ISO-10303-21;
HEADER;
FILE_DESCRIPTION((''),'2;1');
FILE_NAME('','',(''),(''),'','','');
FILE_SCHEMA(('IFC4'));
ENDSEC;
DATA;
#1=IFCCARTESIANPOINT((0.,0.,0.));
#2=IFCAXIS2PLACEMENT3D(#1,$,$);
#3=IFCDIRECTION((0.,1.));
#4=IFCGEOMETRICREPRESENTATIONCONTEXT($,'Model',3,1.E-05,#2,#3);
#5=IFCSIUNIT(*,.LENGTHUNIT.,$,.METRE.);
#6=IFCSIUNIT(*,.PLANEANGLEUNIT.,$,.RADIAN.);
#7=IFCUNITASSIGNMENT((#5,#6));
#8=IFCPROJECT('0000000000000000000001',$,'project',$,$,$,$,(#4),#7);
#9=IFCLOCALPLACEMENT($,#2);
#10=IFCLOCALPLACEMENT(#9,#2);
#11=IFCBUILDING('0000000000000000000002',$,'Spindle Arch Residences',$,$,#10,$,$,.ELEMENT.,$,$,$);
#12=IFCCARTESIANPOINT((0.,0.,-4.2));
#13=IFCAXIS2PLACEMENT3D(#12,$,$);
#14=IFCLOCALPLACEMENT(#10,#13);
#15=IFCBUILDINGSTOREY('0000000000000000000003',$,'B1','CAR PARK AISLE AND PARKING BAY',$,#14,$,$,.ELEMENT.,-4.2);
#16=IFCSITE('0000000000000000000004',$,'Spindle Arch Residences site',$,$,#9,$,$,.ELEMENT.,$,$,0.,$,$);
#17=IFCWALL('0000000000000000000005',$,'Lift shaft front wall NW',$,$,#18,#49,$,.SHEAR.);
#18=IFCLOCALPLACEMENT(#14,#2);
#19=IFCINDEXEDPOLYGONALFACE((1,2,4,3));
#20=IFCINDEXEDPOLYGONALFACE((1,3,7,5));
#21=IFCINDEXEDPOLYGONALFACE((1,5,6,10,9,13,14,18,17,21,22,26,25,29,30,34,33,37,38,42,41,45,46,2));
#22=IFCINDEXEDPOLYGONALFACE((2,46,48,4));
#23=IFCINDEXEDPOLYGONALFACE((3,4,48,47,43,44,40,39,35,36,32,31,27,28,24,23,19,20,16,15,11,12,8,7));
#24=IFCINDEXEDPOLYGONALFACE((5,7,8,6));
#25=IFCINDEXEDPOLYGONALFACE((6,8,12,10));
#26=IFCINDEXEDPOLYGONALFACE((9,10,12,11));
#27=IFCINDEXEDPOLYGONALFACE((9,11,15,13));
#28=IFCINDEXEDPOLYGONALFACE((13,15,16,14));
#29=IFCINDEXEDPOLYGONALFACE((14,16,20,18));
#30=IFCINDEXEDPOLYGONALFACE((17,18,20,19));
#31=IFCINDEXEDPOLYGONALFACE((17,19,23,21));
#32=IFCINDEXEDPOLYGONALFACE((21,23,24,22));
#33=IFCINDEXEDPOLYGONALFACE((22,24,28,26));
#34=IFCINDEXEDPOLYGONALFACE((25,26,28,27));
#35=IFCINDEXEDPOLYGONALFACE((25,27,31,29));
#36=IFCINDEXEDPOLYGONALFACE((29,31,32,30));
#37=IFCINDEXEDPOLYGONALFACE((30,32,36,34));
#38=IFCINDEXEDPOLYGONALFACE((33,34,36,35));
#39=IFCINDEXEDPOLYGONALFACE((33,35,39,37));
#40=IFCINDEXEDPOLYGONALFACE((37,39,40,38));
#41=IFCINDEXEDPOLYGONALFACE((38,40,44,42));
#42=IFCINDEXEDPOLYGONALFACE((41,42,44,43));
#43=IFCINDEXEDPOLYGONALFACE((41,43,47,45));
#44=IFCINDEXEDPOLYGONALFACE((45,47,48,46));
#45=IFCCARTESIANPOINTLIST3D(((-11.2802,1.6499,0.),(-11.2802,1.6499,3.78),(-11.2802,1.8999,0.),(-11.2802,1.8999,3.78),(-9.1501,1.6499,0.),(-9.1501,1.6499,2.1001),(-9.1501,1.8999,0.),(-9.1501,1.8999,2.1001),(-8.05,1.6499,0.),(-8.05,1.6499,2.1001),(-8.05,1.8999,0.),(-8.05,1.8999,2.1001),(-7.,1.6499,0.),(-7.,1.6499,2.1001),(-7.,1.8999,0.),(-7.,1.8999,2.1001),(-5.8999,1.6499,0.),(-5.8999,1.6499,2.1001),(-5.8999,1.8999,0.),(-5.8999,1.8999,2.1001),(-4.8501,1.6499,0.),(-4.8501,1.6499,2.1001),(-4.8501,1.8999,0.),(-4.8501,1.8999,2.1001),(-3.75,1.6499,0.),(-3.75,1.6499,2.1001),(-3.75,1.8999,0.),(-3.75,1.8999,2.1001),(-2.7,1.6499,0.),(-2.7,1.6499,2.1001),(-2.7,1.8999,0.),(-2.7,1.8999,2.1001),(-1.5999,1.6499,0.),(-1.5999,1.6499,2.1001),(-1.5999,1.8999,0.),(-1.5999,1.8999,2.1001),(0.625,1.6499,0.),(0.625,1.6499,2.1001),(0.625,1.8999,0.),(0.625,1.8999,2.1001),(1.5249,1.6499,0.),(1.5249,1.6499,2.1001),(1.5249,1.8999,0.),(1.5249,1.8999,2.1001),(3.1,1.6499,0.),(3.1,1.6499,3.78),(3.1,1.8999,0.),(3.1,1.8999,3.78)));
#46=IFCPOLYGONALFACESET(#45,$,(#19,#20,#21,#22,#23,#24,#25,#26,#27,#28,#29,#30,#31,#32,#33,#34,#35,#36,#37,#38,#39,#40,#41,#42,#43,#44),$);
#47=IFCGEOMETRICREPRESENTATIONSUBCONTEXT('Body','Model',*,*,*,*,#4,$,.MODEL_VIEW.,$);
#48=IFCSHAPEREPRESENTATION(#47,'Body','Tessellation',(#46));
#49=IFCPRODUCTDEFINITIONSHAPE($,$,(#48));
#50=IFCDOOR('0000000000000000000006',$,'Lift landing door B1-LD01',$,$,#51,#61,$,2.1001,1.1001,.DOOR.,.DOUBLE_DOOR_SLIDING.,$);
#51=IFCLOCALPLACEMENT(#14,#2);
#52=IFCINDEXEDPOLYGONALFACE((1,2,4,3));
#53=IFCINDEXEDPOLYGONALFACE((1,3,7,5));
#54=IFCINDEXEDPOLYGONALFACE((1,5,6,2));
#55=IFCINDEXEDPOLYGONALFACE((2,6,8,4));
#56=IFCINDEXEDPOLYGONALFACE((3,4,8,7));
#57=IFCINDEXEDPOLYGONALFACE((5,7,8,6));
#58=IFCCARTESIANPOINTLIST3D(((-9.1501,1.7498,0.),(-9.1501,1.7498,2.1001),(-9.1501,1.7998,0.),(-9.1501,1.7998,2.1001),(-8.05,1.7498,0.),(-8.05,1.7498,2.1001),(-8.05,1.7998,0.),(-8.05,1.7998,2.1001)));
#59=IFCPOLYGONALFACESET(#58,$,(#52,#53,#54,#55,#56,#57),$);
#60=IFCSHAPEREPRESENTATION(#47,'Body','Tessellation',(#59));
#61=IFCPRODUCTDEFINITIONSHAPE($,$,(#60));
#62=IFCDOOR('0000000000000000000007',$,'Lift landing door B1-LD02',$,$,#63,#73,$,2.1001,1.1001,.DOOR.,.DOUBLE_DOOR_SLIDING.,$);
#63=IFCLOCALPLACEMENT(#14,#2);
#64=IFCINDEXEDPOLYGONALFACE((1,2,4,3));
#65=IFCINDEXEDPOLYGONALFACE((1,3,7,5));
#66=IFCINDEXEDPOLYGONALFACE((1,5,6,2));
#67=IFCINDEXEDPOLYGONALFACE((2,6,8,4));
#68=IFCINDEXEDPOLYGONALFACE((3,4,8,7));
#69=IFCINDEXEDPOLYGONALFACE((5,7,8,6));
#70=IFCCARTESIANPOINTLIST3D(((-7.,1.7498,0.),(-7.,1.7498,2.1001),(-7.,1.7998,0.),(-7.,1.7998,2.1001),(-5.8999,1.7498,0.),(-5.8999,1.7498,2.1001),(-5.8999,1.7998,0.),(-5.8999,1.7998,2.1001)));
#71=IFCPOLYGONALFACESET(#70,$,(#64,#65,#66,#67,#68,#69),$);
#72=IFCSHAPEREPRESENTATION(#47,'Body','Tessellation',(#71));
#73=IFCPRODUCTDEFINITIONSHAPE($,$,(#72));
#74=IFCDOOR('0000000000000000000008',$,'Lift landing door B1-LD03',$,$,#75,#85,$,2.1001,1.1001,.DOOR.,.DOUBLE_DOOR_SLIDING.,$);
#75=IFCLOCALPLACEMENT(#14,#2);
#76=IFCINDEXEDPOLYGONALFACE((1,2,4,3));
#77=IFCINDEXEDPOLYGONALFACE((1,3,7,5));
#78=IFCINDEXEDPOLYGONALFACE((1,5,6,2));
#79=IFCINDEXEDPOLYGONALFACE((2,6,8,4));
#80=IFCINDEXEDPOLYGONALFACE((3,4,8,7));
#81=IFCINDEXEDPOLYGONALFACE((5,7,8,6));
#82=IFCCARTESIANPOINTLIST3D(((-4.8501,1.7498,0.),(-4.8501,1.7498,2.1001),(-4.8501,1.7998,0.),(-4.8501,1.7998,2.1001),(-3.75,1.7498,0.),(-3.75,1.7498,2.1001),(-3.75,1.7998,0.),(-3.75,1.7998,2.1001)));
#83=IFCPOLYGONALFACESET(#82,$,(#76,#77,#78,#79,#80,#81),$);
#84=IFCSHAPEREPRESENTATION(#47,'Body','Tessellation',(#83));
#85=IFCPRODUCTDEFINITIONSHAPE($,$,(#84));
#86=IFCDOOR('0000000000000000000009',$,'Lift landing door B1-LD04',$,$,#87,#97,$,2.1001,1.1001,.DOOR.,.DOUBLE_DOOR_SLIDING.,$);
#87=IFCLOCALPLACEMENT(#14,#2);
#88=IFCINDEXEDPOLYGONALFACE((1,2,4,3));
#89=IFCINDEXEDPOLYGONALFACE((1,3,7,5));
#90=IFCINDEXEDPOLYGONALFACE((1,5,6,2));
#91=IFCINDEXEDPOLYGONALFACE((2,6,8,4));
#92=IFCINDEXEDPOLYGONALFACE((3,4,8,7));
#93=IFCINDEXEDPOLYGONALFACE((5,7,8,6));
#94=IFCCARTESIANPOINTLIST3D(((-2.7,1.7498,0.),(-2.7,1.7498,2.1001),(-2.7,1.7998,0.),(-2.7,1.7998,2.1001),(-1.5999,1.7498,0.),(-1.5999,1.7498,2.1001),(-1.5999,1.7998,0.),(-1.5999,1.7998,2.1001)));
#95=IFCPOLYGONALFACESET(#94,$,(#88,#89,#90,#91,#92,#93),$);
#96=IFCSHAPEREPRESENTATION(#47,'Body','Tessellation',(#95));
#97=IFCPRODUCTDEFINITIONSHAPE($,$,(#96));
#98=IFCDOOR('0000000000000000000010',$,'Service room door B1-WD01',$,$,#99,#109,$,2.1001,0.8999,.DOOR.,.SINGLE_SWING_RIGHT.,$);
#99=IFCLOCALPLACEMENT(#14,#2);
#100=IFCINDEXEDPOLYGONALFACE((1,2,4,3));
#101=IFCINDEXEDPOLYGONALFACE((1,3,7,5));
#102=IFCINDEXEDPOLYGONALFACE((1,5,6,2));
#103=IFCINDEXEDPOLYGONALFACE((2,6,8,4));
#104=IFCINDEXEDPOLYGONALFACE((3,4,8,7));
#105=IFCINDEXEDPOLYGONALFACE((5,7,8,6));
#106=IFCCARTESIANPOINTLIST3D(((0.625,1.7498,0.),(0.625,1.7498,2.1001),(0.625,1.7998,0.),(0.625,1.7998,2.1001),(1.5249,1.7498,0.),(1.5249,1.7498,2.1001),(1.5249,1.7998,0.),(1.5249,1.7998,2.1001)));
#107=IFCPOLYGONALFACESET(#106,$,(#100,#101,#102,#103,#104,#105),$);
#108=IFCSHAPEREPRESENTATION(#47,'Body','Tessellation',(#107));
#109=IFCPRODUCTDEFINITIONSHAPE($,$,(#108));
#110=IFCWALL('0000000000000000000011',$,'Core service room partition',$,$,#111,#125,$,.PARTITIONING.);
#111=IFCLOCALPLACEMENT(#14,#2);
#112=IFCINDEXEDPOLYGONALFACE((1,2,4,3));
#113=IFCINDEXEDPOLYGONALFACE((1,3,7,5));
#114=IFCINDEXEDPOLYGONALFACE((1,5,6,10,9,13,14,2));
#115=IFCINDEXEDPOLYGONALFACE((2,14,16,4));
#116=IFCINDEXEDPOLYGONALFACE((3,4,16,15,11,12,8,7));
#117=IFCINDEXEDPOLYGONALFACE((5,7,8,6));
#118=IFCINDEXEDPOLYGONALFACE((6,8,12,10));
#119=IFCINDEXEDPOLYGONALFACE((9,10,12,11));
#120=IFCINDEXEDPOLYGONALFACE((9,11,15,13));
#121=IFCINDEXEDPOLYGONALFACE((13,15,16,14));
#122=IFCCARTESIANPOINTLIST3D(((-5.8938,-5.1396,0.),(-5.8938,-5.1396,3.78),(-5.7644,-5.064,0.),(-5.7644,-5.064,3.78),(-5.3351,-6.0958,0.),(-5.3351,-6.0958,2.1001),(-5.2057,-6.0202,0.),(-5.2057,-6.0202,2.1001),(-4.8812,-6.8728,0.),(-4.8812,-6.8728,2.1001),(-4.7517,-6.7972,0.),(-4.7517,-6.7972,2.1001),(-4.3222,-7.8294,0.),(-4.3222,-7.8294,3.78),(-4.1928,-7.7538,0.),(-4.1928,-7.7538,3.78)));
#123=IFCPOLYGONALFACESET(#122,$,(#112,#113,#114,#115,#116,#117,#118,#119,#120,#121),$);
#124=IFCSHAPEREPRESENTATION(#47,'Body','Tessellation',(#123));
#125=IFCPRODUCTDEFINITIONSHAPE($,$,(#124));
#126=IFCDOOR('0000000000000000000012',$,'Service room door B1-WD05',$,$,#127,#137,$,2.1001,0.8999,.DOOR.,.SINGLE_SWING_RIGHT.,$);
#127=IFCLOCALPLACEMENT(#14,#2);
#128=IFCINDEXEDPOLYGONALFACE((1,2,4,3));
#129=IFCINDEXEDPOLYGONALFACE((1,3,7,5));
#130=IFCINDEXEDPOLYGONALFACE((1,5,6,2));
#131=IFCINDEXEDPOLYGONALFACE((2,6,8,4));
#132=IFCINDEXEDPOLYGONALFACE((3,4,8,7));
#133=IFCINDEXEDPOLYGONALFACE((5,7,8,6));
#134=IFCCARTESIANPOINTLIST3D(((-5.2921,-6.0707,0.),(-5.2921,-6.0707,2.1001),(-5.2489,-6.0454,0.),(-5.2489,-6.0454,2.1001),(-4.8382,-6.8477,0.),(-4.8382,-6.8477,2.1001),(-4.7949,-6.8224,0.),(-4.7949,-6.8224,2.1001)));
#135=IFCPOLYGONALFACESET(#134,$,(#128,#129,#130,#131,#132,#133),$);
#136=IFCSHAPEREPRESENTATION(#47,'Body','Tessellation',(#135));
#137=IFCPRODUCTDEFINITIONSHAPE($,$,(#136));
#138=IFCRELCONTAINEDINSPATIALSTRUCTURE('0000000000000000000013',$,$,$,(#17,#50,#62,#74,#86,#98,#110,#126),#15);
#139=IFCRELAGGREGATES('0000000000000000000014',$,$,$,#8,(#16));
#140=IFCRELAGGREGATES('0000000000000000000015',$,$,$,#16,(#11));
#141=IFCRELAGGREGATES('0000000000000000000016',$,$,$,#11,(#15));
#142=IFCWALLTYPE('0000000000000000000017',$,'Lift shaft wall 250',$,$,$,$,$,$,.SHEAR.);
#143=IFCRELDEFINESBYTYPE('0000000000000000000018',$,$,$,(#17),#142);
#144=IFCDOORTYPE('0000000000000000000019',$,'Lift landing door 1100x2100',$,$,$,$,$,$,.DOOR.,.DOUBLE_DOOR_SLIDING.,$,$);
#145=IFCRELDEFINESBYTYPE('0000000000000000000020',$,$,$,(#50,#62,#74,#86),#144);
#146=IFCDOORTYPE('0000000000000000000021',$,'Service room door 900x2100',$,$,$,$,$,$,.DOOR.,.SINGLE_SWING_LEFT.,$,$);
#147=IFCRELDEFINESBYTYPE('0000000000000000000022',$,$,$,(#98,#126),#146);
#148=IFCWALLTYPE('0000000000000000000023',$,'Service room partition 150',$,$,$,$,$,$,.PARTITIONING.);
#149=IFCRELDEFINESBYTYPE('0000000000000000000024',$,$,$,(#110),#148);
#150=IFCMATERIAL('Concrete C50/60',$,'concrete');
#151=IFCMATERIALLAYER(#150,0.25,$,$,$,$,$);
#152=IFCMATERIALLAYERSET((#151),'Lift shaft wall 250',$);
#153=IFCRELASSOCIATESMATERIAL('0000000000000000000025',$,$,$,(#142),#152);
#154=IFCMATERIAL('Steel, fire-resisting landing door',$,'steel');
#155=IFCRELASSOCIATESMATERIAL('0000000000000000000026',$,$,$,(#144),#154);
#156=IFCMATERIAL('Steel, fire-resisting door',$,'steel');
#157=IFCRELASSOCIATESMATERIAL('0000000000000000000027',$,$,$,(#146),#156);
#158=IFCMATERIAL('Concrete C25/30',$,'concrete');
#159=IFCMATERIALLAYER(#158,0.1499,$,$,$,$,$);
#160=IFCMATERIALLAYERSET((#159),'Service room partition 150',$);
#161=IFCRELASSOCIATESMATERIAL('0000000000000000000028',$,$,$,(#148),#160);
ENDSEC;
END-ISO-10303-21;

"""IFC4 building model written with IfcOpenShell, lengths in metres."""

from ifc_helpers import new_model, si_unit, direction, frame, frame_2d, origin, place, context, subcontext, project, spatial, rectangle, extrude, material, layer, layer_set, type_object, element, fill, save


model = new_model("IFC4")

# Units and contexts
model_context = context("Model", 3, precision=1e-05, world=origin(), true_north=direction((0.0, 1.0)))
body_context = subcontext(model_context, "Body", "Model", "MODEL_VIEW")
ifc_project = project(units=[si_unit("LENGTHUNIT", "METRE"), si_unit("PLANEANGLEUNIT", "RADIAN")], contexts=[model_context])

# Site, building, storey
site_placement = place(None, origin())
site = spatial("IfcSite", under=ifc_project, at=site_placement, Name="Spindle Arch Residences site", CompositionType="ELEMENT", RefElevation=0.0)
building_placement = place(site_placement, origin())
building = spatial("IfcBuilding", under=site, at=building_placement, Name="Spindle Arch Residences", CompositionType="ELEMENT")
storey_placement = place(building_placement, frame((0.0, 0.0, -4.2)))
storey = spatial("IfcBuildingStorey", under=building, at=storey_placement, Name="B1", Description="CAR PARK AISLE AND PARKING BAY", CompositionType="ELEMENT", Elevation=-4.2)

# Wall, openings, doors
ifc_material_1 = material(Name="Concrete C50/60", Category="concrete")
ifc_layer_1 = layer(ifc_material_1, 0.25)
ifc_layer_set_1 = layer_set([ifc_layer_1], Name="Lift shaft wall 250")
wall_type_1 = type_object("IfcWallType", Name="Lift shaft wall 250", PredefinedType="SHEAR", material=ifc_layer_set_1)
wall_1_placement = place(storey_placement, frame((-11.28, 1.7749, 0.0), z_axis=(0.0, 0.0, 1.0), x_axis=(1.0, 0.0, 0.0)))
wall_1 = element("IfcWall", 1, at=wall_1_placement, inside=storey, type_object=wall_type_1, Name="Lift shaft front wall NW", PredefinedType="SHEAR", context=body_context, shape_type="SweptSolid", body=[
    extrude(rectangle(XDim=14.3801, YDim=0.25, at=frame_2d((7.1899, 0.0))), origin(), (0.0, 0.0, 1.0), 3.78),
])
opening_1_placement = place(wall_1_placement, frame((2.1299, 0.0, 0.0)))
opening_1 = element("IfcOpeningElement", 2, at=opening_1_placement, cuts=wall_1, PredefinedType="OPENING", context=body_context, shape_type="SweptSolid", body=[
    extrude(rectangle(XDim=1.1001, YDim=2.1001, at=frame_2d((0.55, 1.05))), frame((0.0, 0.135, 0.0), z_axis=(0.0, -1.0, 0.0), x_axis=(1.0, 0.0, 0.0)), (0.0, 0.0, 1.0), 0.27),
])
opening_2_placement = place(wall_1_placement, frame((4.28, 0.0, 0.0)))
opening_2 = element("IfcOpeningElement", 3, at=opening_2_placement, cuts=wall_1, PredefinedType="OPENING", context=body_context, shape_type="SweptSolid", body=[
    extrude(rectangle(XDim=1.1001, YDim=2.1001, at=frame_2d((0.55, 1.05))), frame((0.0, 0.135, 0.0), z_axis=(0.0, -1.0, 0.0), x_axis=(1.0, 0.0, 0.0)), (0.0, 0.0, 1.0), 0.27),
])
opening_3_placement = place(wall_1_placement, frame((6.4299, 0.0, 0.0)))
opening_3 = element("IfcOpeningElement", 4, at=opening_3_placement, cuts=wall_1, PredefinedType="OPENING", context=body_context, shape_type="SweptSolid", body=[
    extrude(rectangle(XDim=1.1001, YDim=2.1001, at=frame_2d((0.55, 1.05))), frame((0.0, 0.135, 0.0), z_axis=(0.0, -1.0, 0.0), x_axis=(1.0, 0.0, 0.0)), (0.0, 0.0, 1.0), 0.27),
])
opening_4_placement = place(wall_1_placement, frame((8.5801, 0.0, 0.0)))
opening_4 = element("IfcOpeningElement", 5, at=opening_4_placement, cuts=wall_1, PredefinedType="OPENING", context=body_context, shape_type="SweptSolid", body=[
    extrude(rectangle(XDim=1.1001, YDim=2.1001, at=frame_2d((0.55, 1.05))), frame((0.0, 0.135, 0.0), z_axis=(0.0, -1.0, 0.0), x_axis=(1.0, 0.0, 0.0)), (0.0, 0.0, 1.0), 0.27),
])
opening_5_placement = place(wall_1_placement, frame((11.905, 0.0, 0.0)))
opening_5 = element("IfcOpeningElement", 6, at=opening_5_placement, cuts=wall_1, PredefinedType="OPENING", context=body_context, shape_type="SweptSolid", body=[
    extrude(rectangle(XDim=0.8999, YDim=2.1001, at=frame_2d((0.45, 1.05))), frame((0.0, 0.135, 0.0), z_axis=(0.0, -1.0, 0.0), x_axis=(1.0, 0.0, 0.0)), (0.0, 0.0, 1.0), 0.27),
])
ifc_material_2 = material(Name="Steel, fire-resisting landing door", Category="steel")
door_type_1 = type_object("IfcDoorType", Name="Lift landing door 1100x2100", OperationType="DOUBLE_DOOR_SLIDING", PredefinedType="DOOR", material=ifc_material_2)
door_1_placement = place(opening_1_placement, origin())
door_1 = element("IfcDoor", 7, at=door_1_placement, inside=storey, type_object=door_type_1, Name="Lift landing door B1-LD01", OperationType="DOUBLE_DOOR_SLIDING", OverallHeight=2.1001, OverallWidth=1.1001, PredefinedType="DOOR", context=body_context, shape_type="SweptSolid", body=[
    extrude(rectangle(XDim=1.1001, YDim=2.1001, at=frame_2d((0.55, 1.05))), frame((0.0, 0.0249, 0.0), z_axis=(0.0, -1.0, 0.0), x_axis=(1.0, 0.0, 0.0)), (0.0, 0.0, 1.0), 0.05),
])
fill(opening_1, door_1)
door_2_placement = place(opening_2_placement, origin())
door_2 = element("IfcDoor", 8, at=door_2_placement, inside=storey, type_object=door_type_1, Name="Lift landing door B1-LD02", OperationType="DOUBLE_DOOR_SLIDING", OverallHeight=2.1001, OverallWidth=1.1001, PredefinedType="DOOR", context=body_context, shape_type="SweptSolid", body=[
    extrude(rectangle(XDim=1.1001, YDim=2.1001, at=frame_2d((0.55, 1.05))), frame((0.0, 0.0249, 0.0), z_axis=(0.0, -1.0, 0.0), x_axis=(1.0, 0.0, 0.0)), (0.0, 0.0, 1.0), 0.05),
])
fill(opening_2, door_2)
door_3_placement = place(opening_3_placement, origin())
door_3 = element("IfcDoor", 9, at=door_3_placement, inside=storey, type_object=door_type_1, Name="Lift landing door B1-LD03", OperationType="DOUBLE_DOOR_SLIDING", OverallHeight=2.1001, OverallWidth=1.1001, PredefinedType="DOOR", context=body_context, shape_type="SweptSolid", body=[
    extrude(rectangle(XDim=1.1001, YDim=2.1001, at=frame_2d((0.55, 1.05))), frame((0.0, 0.0249, 0.0), z_axis=(0.0, -1.0, 0.0), x_axis=(1.0, 0.0, 0.0)), (0.0, 0.0, 1.0), 0.05),
])
fill(opening_3, door_3)
door_4_placement = place(opening_4_placement, origin())
door_4 = element("IfcDoor", 10, at=door_4_placement, inside=storey, type_object=door_type_1, Name="Lift landing door B1-LD04", OperationType="DOUBLE_DOOR_SLIDING", OverallHeight=2.1001, OverallWidth=1.1001, PredefinedType="DOOR", context=body_context, shape_type="SweptSolid", body=[
    extrude(rectangle(XDim=1.1001, YDim=2.1001, at=frame_2d((0.55, 1.05))), frame((0.0, 0.0249, 0.0), z_axis=(0.0, -1.0, 0.0), x_axis=(1.0, 0.0, 0.0)), (0.0, 0.0, 1.0), 0.05),
])
fill(opening_4, door_4)
ifc_material_3 = material(Name="Steel, fire-resisting door", Category="steel")
door_type_2 = type_object("IfcDoorType", Name="Service room door 900x2100", OperationType="SINGLE_SWING_LEFT", PredefinedType="DOOR", material=ifc_material_3)
door_5_placement = place(opening_5_placement, origin())
door_5 = element("IfcDoor", 11, at=door_5_placement, inside=storey, type_object=door_type_2, Name="Service room door B1-WD01", OperationType="SINGLE_SWING_RIGHT", OverallHeight=2.1001, OverallWidth=0.8999, PredefinedType="DOOR", context=body_context, shape_type="SweptSolid", body=[
    extrude(rectangle(XDim=0.8999, YDim=2.1001, at=frame_2d((0.45, 1.05))), frame((0.0, 0.0249, 0.0), z_axis=(0.0, -1.0, 0.0), x_axis=(1.0, 0.0, 0.0)), (0.0, 0.0, 1.0), 0.05),
])
fill(opening_5, door_5)

# Wall, opening, door
ifc_material_4 = material(Name="Concrete C25/30", Category="concrete")
ifc_layer_2 = layer(ifc_material_4, 0.1499)
ifc_layer_set_2 = layer_set([ifc_layer_2], Name="Service room partition 150")
wall_type_2 = type_object("IfcWallType", Name="Service room partition 150", PredefinedType="PARTITIONING", material=ifc_layer_set_2)
wall_2_placement = place(storey_placement, frame((-5.8291, -5.1018, 0.0), z_axis=(0.0, 0.0, 1.0), x_axis=(0.50448, -0.863423, 0.0)))
wall_2 = element("IfcWall", 12, at=wall_2_placement, inside=storey, type_object=wall_type_2, Name="Core service room partition", PredefinedType="PARTITIONING", context=body_context, shape_type="SweptSolid", body=[
    extrude(rectangle(XDim=3.1152, YDim=0.1499, at=frame_2d((1.5576, 0.0))), origin(), (0.0, 0.0, 1.0), 3.78),
])
opening_6_placement = place(wall_2_placement, frame((1.1074, 0.0, 0.0)))
opening_6 = element("IfcOpeningElement", 13, at=opening_6_placement, cuts=wall_2, PredefinedType="OPENING", context=body_context, shape_type="SweptSolid", body=[
    extrude(rectangle(XDim=0.8999, YDim=2.1001, at=frame_2d((0.45, 1.05))), frame((0.0, 0.085, 0.0), z_axis=(0.0, -1.0, 0.0), x_axis=(1.0, 0.0, 0.0)), (0.0, 0.0, 1.0), 0.1699),
])
door_6_placement = place(opening_6_placement, origin())
door_6 = element("IfcDoor", 14, at=door_6_placement, inside=storey, type_object=door_type_2, Name="Service room door B1-WD05", OperationType="SINGLE_SWING_RIGHT", OverallHeight=2.1001, OverallWidth=0.8999, PredefinedType="DOOR", context=body_context, shape_type="SweptSolid", body=[
    extrude(rectangle(XDim=0.8999, YDim=2.1001, at=frame_2d((0.45, 1.05))), frame((0.0, 0.0249, 0.0), z_axis=(0.0, -1.0, 0.0), x_axis=(1.0, 0.0, 0.0)), (0.0, 0.0, 1.0), 0.05),
])
fill(opening_6, door_6)

save(model, "model.ifc")
